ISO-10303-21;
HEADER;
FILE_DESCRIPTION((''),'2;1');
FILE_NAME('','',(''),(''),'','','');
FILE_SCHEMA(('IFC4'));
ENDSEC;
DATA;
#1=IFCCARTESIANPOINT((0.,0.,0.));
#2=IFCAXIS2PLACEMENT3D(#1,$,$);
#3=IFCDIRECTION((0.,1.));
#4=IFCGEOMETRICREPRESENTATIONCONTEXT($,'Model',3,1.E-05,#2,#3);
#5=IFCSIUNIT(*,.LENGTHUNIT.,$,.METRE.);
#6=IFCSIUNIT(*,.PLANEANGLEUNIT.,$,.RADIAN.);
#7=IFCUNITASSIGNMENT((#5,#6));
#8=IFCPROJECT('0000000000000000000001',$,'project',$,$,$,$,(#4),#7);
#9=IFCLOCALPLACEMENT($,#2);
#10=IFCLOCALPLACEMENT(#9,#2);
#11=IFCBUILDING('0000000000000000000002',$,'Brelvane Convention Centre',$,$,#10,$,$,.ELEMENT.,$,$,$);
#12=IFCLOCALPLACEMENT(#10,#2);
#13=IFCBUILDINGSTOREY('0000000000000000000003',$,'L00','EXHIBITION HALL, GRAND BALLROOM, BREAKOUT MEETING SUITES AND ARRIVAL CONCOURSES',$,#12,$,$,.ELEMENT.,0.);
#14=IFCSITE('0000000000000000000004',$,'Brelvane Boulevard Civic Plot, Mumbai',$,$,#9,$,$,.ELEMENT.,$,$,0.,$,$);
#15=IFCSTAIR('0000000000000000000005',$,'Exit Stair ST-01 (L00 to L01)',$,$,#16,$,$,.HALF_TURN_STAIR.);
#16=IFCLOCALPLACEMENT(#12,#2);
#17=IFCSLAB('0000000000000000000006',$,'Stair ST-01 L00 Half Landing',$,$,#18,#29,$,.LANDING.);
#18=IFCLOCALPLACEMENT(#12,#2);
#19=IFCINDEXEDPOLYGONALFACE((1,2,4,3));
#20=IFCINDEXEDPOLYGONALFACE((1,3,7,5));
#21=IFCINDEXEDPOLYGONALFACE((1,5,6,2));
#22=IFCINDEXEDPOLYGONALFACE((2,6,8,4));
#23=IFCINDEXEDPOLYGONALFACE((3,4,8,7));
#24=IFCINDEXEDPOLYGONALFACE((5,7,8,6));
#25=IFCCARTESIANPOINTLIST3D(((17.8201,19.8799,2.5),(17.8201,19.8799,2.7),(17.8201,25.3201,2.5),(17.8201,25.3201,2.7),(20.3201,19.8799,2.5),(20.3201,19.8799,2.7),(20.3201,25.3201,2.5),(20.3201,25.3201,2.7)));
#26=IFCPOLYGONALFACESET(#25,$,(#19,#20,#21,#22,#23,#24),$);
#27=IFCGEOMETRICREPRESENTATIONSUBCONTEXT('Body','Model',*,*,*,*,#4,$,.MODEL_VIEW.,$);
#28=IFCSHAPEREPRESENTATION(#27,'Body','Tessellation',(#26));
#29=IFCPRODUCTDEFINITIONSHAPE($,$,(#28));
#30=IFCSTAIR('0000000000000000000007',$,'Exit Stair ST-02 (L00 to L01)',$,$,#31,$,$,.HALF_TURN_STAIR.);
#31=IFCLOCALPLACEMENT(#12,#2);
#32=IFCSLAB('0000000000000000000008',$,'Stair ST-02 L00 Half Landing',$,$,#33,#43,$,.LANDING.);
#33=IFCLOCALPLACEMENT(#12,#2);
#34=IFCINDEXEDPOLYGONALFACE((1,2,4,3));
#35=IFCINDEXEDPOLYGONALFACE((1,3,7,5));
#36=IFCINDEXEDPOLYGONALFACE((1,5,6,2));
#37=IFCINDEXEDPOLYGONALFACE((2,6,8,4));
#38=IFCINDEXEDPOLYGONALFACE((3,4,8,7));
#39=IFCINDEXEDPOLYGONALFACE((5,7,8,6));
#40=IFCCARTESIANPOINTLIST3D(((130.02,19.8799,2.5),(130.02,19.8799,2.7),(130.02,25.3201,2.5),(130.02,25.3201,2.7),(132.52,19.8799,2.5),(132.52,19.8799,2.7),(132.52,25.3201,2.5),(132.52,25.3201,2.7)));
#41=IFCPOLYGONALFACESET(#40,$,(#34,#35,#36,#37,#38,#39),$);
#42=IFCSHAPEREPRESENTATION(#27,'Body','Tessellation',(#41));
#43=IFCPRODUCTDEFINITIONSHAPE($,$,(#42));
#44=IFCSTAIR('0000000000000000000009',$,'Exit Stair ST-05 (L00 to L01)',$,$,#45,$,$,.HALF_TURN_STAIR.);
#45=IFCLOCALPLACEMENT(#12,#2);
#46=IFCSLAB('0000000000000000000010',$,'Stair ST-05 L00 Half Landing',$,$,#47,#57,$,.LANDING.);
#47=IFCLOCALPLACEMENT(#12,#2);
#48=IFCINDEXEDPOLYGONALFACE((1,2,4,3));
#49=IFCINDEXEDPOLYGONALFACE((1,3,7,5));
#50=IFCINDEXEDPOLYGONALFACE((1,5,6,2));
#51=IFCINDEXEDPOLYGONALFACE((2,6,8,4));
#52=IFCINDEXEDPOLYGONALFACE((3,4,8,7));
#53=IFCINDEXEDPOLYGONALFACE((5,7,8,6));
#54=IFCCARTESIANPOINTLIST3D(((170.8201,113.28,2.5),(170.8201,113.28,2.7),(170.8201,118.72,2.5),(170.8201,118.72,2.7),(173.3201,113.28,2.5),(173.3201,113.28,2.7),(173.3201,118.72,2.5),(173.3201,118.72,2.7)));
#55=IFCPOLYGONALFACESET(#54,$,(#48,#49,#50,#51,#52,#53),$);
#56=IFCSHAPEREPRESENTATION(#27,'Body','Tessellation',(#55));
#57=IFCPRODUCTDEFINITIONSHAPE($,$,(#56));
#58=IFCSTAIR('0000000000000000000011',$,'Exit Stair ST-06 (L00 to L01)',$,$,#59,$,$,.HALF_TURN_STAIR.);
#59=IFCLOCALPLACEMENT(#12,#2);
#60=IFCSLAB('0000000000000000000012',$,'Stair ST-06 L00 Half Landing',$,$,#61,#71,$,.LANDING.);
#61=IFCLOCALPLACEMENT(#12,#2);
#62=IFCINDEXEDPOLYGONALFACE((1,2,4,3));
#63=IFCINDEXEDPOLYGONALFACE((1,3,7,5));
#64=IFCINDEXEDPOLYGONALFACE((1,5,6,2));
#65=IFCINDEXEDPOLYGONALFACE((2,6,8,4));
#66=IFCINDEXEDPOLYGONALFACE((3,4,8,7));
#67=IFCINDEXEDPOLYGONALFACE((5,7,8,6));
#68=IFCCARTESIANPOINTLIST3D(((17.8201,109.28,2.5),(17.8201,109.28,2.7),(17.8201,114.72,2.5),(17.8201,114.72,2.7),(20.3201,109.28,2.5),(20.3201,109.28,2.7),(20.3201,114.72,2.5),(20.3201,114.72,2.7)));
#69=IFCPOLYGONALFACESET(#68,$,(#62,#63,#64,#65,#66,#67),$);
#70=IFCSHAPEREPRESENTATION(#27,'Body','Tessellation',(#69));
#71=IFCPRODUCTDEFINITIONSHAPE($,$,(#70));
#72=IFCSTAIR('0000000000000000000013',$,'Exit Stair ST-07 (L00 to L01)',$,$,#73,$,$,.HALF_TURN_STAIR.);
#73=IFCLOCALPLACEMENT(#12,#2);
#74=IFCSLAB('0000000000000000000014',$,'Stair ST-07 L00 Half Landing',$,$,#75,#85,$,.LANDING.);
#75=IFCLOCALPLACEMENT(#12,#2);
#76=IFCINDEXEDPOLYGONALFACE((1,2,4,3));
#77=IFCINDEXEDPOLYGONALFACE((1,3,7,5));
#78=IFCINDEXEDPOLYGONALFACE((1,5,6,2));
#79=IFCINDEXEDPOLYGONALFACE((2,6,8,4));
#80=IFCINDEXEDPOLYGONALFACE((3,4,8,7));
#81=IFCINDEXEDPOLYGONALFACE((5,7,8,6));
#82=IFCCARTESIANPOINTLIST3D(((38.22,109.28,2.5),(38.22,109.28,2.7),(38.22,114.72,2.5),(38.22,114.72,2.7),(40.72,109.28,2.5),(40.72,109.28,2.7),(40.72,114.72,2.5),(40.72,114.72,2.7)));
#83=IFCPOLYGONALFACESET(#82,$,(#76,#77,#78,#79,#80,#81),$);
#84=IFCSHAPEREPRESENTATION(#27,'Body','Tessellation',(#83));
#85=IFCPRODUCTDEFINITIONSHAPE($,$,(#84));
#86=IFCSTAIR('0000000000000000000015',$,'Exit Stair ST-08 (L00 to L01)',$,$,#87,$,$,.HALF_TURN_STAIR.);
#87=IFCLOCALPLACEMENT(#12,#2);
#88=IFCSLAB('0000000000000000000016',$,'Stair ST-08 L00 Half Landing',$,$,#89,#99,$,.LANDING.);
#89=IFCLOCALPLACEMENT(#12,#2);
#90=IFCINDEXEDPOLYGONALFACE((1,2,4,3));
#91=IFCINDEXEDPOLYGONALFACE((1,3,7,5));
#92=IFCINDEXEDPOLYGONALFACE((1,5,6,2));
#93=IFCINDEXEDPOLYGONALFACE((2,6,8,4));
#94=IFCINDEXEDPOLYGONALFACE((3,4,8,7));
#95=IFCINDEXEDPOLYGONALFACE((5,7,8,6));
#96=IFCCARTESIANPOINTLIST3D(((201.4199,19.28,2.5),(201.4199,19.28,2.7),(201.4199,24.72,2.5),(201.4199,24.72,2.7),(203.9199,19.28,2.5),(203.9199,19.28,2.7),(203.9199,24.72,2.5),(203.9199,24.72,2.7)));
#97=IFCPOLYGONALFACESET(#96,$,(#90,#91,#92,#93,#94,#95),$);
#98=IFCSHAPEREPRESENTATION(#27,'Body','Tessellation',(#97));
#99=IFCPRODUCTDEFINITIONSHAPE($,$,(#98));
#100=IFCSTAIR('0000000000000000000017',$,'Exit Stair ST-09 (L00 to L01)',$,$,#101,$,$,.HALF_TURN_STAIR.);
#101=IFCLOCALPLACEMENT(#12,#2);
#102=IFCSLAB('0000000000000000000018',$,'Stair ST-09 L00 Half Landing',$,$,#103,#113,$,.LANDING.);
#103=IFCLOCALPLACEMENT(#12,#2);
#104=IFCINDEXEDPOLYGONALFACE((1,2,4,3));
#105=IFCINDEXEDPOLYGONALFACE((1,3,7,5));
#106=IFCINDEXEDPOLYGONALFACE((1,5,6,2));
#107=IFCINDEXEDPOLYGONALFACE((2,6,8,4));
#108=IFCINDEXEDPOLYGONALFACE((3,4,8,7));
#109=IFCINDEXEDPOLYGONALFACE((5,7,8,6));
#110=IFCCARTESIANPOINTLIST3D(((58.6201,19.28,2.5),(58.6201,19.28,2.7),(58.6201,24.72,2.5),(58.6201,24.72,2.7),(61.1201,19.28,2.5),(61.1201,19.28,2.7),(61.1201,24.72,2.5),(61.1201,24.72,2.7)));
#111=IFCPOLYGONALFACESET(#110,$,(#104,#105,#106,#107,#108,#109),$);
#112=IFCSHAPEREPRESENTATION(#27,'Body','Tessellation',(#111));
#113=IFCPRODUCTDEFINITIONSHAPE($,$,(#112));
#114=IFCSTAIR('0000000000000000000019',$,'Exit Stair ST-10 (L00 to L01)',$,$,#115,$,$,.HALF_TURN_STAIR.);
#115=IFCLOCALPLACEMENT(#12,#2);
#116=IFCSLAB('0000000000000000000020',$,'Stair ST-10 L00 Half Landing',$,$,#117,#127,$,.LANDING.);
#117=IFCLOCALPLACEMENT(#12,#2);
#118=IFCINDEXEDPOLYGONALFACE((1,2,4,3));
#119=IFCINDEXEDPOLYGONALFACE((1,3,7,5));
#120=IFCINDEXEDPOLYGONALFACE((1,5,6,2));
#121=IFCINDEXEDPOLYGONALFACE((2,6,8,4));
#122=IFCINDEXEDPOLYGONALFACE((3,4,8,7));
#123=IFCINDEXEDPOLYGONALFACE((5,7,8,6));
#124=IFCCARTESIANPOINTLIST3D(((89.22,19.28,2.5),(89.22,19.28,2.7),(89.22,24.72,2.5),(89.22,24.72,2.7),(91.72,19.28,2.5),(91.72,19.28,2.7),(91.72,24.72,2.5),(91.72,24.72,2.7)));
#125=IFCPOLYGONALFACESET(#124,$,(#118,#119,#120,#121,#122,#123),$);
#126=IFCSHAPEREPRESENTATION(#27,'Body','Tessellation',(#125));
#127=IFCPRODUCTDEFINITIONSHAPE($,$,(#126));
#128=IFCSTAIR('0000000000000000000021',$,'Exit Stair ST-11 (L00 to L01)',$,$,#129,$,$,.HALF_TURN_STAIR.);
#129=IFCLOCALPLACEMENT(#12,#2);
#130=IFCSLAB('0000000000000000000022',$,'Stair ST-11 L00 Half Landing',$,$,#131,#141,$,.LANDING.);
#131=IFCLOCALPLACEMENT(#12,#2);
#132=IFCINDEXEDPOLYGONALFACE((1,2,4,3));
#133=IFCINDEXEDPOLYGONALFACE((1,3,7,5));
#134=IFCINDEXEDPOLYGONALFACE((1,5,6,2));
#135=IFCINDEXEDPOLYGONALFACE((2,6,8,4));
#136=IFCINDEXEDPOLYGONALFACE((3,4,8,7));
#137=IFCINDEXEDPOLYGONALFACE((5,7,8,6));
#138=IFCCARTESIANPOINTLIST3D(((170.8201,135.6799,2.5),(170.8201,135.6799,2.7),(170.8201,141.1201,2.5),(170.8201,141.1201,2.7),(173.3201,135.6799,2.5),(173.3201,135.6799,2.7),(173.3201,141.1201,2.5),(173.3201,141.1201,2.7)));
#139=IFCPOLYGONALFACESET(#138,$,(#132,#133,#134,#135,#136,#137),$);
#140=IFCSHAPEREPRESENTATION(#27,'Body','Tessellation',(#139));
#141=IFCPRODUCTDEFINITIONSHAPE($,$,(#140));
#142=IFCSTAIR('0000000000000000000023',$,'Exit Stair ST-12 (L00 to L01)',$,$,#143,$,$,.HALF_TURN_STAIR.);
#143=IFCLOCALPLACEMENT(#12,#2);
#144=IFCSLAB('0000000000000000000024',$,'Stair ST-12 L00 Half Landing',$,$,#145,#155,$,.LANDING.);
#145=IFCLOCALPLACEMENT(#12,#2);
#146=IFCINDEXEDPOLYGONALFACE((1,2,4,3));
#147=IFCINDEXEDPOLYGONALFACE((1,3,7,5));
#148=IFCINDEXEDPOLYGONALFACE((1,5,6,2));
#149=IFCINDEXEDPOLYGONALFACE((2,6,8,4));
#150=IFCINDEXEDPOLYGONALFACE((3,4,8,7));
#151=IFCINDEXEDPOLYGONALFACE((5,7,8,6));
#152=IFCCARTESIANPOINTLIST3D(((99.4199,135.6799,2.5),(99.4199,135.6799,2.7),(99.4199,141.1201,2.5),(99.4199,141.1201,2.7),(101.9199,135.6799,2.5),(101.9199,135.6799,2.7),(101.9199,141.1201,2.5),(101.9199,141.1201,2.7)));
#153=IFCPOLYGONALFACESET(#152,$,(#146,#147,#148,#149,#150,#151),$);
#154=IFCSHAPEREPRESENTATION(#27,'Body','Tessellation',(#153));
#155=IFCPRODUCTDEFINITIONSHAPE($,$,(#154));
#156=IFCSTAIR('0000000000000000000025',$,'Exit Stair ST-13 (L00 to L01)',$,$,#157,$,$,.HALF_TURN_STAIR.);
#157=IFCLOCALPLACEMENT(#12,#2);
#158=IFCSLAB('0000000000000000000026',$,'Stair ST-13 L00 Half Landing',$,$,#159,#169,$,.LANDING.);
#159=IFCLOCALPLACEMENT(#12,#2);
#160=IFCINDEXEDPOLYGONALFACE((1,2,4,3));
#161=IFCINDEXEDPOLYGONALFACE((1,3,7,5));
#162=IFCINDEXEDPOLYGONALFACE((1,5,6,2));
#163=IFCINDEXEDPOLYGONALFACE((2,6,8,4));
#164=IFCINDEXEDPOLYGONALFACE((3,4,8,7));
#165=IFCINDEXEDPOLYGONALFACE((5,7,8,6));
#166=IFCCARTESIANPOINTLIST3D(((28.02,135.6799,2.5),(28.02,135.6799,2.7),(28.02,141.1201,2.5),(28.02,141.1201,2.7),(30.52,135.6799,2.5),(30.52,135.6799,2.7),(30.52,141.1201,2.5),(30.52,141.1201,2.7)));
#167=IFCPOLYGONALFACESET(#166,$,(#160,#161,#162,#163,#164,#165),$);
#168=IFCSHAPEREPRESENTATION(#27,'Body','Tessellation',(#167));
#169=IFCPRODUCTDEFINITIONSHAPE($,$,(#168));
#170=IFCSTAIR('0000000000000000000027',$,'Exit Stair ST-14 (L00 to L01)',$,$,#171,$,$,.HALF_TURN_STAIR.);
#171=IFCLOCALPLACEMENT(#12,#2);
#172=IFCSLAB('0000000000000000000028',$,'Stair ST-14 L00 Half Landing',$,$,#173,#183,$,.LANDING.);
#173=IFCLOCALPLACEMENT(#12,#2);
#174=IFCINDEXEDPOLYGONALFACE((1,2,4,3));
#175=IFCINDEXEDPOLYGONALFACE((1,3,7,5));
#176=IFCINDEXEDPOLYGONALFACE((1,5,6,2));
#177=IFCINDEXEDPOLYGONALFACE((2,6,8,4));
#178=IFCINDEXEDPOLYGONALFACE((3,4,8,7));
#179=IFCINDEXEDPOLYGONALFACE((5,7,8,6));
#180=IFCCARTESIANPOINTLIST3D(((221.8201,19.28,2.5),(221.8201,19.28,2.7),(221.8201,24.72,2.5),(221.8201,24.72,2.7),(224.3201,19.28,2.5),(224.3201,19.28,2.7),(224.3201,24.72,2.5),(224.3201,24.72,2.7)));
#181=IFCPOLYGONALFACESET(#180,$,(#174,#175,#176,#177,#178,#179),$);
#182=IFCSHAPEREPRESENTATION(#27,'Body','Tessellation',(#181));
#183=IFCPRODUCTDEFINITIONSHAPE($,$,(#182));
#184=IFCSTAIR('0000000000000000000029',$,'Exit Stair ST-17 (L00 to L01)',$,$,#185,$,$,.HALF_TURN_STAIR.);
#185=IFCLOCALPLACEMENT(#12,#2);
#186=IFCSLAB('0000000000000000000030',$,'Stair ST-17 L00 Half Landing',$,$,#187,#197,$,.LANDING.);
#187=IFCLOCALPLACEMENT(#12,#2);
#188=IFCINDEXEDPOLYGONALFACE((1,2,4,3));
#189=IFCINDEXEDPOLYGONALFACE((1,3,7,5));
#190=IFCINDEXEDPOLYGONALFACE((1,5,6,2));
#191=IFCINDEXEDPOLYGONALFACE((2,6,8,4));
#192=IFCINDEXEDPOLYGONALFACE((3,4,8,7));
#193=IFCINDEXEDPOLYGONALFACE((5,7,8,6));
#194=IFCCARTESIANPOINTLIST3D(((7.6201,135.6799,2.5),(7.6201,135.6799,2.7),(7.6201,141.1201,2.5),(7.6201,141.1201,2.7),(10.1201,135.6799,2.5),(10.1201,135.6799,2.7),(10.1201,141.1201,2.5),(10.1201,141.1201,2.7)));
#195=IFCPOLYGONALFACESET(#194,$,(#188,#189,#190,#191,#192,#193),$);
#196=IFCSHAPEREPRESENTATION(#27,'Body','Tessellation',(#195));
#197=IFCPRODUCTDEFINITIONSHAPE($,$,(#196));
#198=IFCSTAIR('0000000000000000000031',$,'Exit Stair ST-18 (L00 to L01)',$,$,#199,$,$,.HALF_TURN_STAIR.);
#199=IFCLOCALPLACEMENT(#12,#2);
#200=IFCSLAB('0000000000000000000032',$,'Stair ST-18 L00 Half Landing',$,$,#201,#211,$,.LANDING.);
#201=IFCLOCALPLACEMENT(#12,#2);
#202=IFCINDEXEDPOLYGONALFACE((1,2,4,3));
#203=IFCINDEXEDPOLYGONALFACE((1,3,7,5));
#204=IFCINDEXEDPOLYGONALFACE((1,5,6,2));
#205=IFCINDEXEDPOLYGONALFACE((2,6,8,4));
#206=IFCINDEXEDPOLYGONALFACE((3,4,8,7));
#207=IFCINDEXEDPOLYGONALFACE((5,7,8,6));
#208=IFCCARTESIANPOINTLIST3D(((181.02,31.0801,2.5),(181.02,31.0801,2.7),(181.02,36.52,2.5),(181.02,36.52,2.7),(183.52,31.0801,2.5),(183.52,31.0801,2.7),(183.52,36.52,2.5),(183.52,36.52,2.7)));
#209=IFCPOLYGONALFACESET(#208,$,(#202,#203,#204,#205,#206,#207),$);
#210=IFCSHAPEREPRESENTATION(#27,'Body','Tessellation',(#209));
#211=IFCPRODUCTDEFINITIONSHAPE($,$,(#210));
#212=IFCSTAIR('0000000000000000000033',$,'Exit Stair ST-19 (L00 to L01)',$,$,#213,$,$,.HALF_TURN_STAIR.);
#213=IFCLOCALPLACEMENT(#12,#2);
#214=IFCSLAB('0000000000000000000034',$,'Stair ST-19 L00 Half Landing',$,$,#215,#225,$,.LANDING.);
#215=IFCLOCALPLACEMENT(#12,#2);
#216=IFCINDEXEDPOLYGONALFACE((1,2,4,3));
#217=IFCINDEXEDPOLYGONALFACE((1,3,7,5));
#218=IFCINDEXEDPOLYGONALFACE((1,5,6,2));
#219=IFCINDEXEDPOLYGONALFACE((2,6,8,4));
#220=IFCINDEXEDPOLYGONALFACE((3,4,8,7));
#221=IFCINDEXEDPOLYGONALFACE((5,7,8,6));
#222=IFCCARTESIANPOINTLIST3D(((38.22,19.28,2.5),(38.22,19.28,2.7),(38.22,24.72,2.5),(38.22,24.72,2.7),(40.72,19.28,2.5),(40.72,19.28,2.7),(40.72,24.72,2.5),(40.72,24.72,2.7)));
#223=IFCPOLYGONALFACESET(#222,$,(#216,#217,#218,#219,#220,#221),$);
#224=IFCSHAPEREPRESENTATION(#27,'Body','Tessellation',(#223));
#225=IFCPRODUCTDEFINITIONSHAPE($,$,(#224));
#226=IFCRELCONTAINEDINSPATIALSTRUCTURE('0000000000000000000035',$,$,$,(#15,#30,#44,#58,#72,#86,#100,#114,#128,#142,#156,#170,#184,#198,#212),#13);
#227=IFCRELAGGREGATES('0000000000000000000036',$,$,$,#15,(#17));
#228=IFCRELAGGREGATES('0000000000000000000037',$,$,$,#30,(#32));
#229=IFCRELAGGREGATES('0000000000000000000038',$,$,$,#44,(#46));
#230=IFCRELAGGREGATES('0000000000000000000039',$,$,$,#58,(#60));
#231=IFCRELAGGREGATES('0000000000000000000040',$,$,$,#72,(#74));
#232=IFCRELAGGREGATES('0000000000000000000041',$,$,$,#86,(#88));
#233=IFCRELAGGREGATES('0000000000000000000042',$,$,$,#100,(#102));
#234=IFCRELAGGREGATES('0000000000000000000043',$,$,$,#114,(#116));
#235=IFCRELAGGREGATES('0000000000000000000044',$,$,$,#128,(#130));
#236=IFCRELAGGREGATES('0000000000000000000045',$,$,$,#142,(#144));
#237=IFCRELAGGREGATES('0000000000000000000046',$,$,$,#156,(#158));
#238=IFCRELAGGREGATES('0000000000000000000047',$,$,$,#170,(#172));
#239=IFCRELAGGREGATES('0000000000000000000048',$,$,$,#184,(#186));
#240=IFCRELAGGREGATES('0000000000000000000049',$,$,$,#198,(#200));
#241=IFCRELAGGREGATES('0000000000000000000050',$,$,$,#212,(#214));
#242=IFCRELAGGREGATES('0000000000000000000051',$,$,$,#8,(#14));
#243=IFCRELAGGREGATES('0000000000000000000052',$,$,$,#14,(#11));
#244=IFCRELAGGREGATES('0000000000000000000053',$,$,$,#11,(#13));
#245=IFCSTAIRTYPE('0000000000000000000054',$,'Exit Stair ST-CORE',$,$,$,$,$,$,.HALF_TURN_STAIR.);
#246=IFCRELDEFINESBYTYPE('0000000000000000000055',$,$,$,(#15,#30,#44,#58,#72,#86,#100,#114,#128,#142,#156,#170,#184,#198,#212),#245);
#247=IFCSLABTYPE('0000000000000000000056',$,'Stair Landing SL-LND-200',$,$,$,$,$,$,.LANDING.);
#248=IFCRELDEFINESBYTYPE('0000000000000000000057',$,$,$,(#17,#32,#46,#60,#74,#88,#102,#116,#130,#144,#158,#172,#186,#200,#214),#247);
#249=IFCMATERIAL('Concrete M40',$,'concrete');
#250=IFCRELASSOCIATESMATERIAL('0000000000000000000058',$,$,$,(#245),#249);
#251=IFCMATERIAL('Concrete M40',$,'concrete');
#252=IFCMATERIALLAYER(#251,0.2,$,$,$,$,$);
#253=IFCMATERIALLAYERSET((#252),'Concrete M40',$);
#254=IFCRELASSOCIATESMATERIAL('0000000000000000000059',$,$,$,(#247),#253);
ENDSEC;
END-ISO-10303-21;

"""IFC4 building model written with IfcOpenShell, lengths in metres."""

from ifc_helpers import new_model, si_unit, direction, frame, origin, place, context, subcontext, project, spatial, polyline, outline, extrude, material, layer, layer_set, type_object, element, aggregate, save


model = new_model("IFC4")

# Units and contexts
model_context = context("Model", 3, precision=1e-05, world=origin(), true_north=direction((0.0, 1.0)))
body_context = subcontext(model_context, "Body", "Model", "MODEL_VIEW")
ifc_project = project(units=[si_unit("LENGTHUNIT", "METRE"), si_unit("PLANEANGLEUNIT", "RADIAN")], contexts=[model_context])

# Site, building, storey
site_placement = place(None, origin())
site = spatial("IfcSite", under=ifc_project, at=site_placement, Name="Brelvane Boulevard Civic Plot, Mumbai", CompositionType="ELEMENT", RefElevation=0.0)
building_placement = place(site_placement, origin())
building = spatial("IfcBuilding", under=site, at=building_placement, Name="Brelvane Convention Centre", CompositionType="ELEMENT")
storey_placement = place(building_placement, origin())
storey = spatial("IfcBuildingStorey", under=building, at=storey_placement, Name="L00", Description="EXHIBITION HALL, GRAND BALLROOM, BREAKOUT MEETING SUITES AND ARRIVAL CONCOURSES", CompositionType="ELEMENT", Elevation=0.0)

# Stairs, slabs
ifc_material_1 = material(Name="Concrete M40", Category="concrete")
stair_type_1 = type_object("IfcStairType", Name="Exit Stair ST-CORE", PredefinedType="HALF_TURN_STAIR", material=ifc_material_1)
stair_1_placement = place(storey_placement, origin())
stair_1 = element("IfcStair", 1, at=stair_1_placement, inside=storey, type_object=stair_type_1, Name="Exit Stair ST-01 (L00 to L01)", PredefinedType="HALF_TURN_STAIR")
ifc_material_2 = material(Name="Concrete M40", Category="concrete")
ifc_layer_1 = layer(ifc_material_2, 0.2)
ifc_layer_set_1 = layer_set([ifc_layer_1], Name="Concrete M40")
slab_type_1 = type_object("IfcSlabType", Name="Stair Landing SL-LND-200", PredefinedType="LANDING", material=ifc_layer_set_1)
slab_1_placement = place(storey_placement, frame((0.0, 0.0, 2.5)))
slab_1 = element("IfcSlab", 2, at=slab_1_placement, type_object=slab_type_1, Name="Stair ST-01 L00 Half Landing", PredefinedType="LANDING", context=body_context, shape_type="SweptSolid", body=[
    extrude(outline(polyline([(17.8201, 19.8799), (20.3201, 19.8799), (20.3201, 25.3201), (17.8201, 25.3201), (17.8201, 19.8799)])), origin(), (0.0, 0.0, 1.0), 0.2),
])
aggregate(stair_1, [slab_1])
stair_2_placement = place(storey_placement, origin())
stair_2 = element("IfcStair", 3, at=stair_2_placement, inside=storey, type_object=stair_type_1, Name="Exit Stair ST-02 (L00 to L01)", PredefinedType="HALF_TURN_STAIR")
slab_2_placement = place(storey_placement, frame((0.0, 0.0, 2.5)))
slab_2 = element("IfcSlab", 4, at=slab_2_placement, type_object=slab_type_1, Name="Stair ST-02 L00 Half Landing", PredefinedType="LANDING", context=body_context, shape_type="SweptSolid", body=[
    extrude(outline(polyline([(130.02, 19.8799), (132.52, 19.8799), (132.52, 25.3201), (130.02, 25.3201), (130.02, 19.8799)])), origin(), (0.0, 0.0, 1.0), 0.2),
])
aggregate(stair_2, [slab_2])
stair_3_placement = place(storey_placement, origin())
stair_3 = element("IfcStair", 5, at=stair_3_placement, inside=storey, type_object=stair_type_1, Name="Exit Stair ST-05 (L00 to L01)", PredefinedType="HALF_TURN_STAIR")
slab_3_placement = place(storey_placement, frame((0.0, 0.0, 2.5)))
slab_3 = element("IfcSlab", 6, at=slab_3_placement, type_object=slab_type_1, Name="Stair ST-05 L00 Half Landing", PredefinedType="LANDING", context=body_context, shape_type="SweptSolid", body=[
    extrude(outline(polyline([(170.8201, 113.28), (173.3201, 113.28), (173.3201, 118.72), (170.8201, 118.72), (170.8201, 113.28)])), origin(), (0.0, 0.0, 1.0), 0.2),
])
aggregate(stair_3, [slab_3])
stair_4_placement = place(storey_placement, origin())
stair_4 = element("IfcStair", 7, at=stair_4_placement, inside=storey, type_object=stair_type_1, Name="Exit Stair ST-06 (L00 to L01)", PredefinedType="HALF_TURN_STAIR")
slab_4_placement = place(storey_placement, frame((0.0, 0.0, 2.5)))
slab_4 = element("IfcSlab", 8, at=slab_4_placement, type_object=slab_type_1, Name="Stair ST-06 L00 Half Landing", PredefinedType="LANDING", context=body_context, shape_type="SweptSolid", body=[
    extrude(outline(polyline([(17.8201, 109.28), (20.3201, 109.28), (20.3201, 114.72), (17.8201, 114.72), (17.8201, 109.28)])), origin(), (0.0, 0.0, 1.0), 0.2),
])
aggregate(stair_4, [slab_4])
stair_5_placement = place(storey_placement, origin())
stair_5 = element("IfcStair", 9, at=stair_5_placement, inside=storey, type_object=stair_type_1, Name="Exit Stair ST-07 (L00 to L01)", PredefinedType="HALF_TURN_STAIR")
slab_5_placement = place(storey_placement, frame((0.0, 0.0, 2.5)))
slab_5 = element("IfcSlab", 10, at=slab_5_placement, type_object=slab_type_1, Name="Stair ST-07 L00 Half Landing", PredefinedType="LANDING", context=body_context, shape_type="SweptSolid", body=[
    extrude(outline(polyline([(38.22, 109.28), (40.72, 109.28), (40.72, 114.72), (38.22, 114.72), (38.22, 109.28)])), origin(), (0.0, 0.0, 1.0), 0.2),
])
aggregate(stair_5, [slab_5])
stair_6_placement = place(storey_placement, origin())
stair_6 = element("IfcStair", 11, at=stair_6_placement, inside=storey, type_object=stair_type_1, Name="Exit Stair ST-08 (L00 to L01)", PredefinedType="HALF_TURN_STAIR")
slab_6_placement = place(storey_placement, frame((0.0, 0.0, 2.5)))
slab_6 = element("IfcSlab", 12, at=slab_6_placement, type_object=slab_type_1, Name="Stair ST-08 L00 Half Landing", PredefinedType="LANDING", context=body_context, shape_type="SweptSolid", body=[
    extrude(outline(polyline([(201.4199, 19.28), (203.9199, 19.28), (203.9199, 24.72), (201.4199, 24.72), (201.4199, 19.28)])), origin(), (0.0, 0.0, 1.0), 0.2),
])
aggregate(stair_6, [slab_6])
stair_7_placement = place(storey_placement, origin())
stair_7 = element("IfcStair", 13, at=stair_7_placement, inside=storey, type_object=stair_type_1, Name="Exit Stair ST-09 (L00 to L01)", PredefinedType="HALF_TURN_STAIR")
slab_7_placement = place(storey_placement, frame((0.0, 0.0, 2.5)))
slab_7 = element("IfcSlab", 14, at=slab_7_placement, type_object=slab_type_1, Name="Stair ST-09 L00 Half Landing", PredefinedType="LANDING", context=body_context, shape_type="SweptSolid", body=[
    extrude(outline(polyline([(58.6201, 19.28), (61.1201, 19.28), (61.1201, 24.72), (58.6201, 24.72), (58.6201, 19.28)])), origin(), (0.0, 0.0, 1.0), 0.2),
])
aggregate(stair_7, [slab_7])
stair_8_placement = place(storey_placement, origin())
stair_8 = element("IfcStair", 15, at=stair_8_placement, inside=storey, type_object=stair_type_1, Name="Exit Stair ST-10 (L00 to L01)", PredefinedType="HALF_TURN_STAIR")
slab_8_placement = place(storey_placement, frame((0.0, 0.0, 2.5)))
slab_8 = element("IfcSlab", 16, at=slab_8_placement, type_object=slab_type_1, Name="Stair ST-10 L00 Half Landing", PredefinedType="LANDING", context=body_context, shape_type="SweptSolid", body=[
    extrude(outline(polyline([(89.22, 19.28), (91.72, 19.28), (91.72, 24.72), (89.22, 24.72), (89.22, 19.28)])), origin(), (0.0, 0.0, 1.0), 0.2),
])
aggregate(stair_8, [slab_8])
stair_9_placement = place(storey_placement, origin())
stair_9 = element("IfcStair", 17, at=stair_9_placement, inside=storey, type_object=stair_type_1, Name="Exit Stair ST-11 (L00 to L01)", PredefinedType="HALF_TURN_STAIR")
slab_9_placement = place(storey_placement, frame((0.0, 0.0, 2.5)))
slab_9 = element("IfcSlab", 18, at=slab_9_placement, type_object=slab_type_1, Name="Stair ST-11 L00 Half Landing", PredefinedType="LANDING", context=body_context, shape_type="SweptSolid", body=[
    extrude(outline(polyline([(170.8201, 135.6799), (173.3201, 135.6799), (173.3201, 141.1201), (170.8201, 141.1201), (170.8201, 135.6799)])), origin(), (0.0, 0.0, 1.0), 0.2),
])
aggregate(stair_9, [slab_9])
stair_10_placement = place(storey_placement, origin())
stair_10 = element("IfcStair", 19, at=stair_10_placement, inside=storey, type_object=stair_type_1, Name="Exit Stair ST-12 (L00 to L01)", PredefinedType="HALF_TURN_STAIR")
slab_10_placement = place(storey_placement, frame((0.0, 0.0, 2.5)))
slab_10 = element("IfcSlab", 20, at=slab_10_placement, type_object=slab_type_1, Name="Stair ST-12 L00 Half Landing", PredefinedType="LANDING", context=body_context, shape_type="SweptSolid", body=[
    extrude(outline(polyline([(99.4199, 135.6799), (101.9199, 135.6799), (101.9199, 141.1201), (99.4199, 141.1201), (99.4199, 135.6799)])), origin(), (0.0, 0.0, 1.0), 0.2),
])
aggregate(stair_10, [slab_10])
stair_11_placement = place(storey_placement, origin())
stair_11 = element("IfcStair", 21, at=stair_11_placement, inside=storey, type_object=stair_type_1, Name="Exit Stair ST-13 (L00 to L01)", PredefinedType="HALF_TURN_STAIR")
slab_11_placement = place(storey_placement, frame((0.0, 0.0, 2.5)))
slab_11 = element("IfcSlab", 22, at=slab_11_placement, type_object=slab_type_1, Name="Stair ST-13 L00 Half Landing", PredefinedType="LANDING", context=body_context, shape_type="SweptSolid", body=[
    extrude(outline(polyline([(28.02, 135.6799), (30.52, 135.6799), (30.52, 141.1201), (28.02, 141.1201), (28.02, 135.6799)])), origin(), (0.0, 0.0, 1.0), 0.2),
])
aggregate(stair_11, [slab_11])
stair_12_placement = place(storey_placement, origin())
stair_12 = element("IfcStair", 23, at=stair_12_placement, inside=storey, type_object=stair_type_1, Name="Exit Stair ST-14 (L00 to L01)", PredefinedType="HALF_TURN_STAIR")
slab_12_placement = place(storey_placement, frame((0.0, 0.0, 2.5)))
slab_12 = element("IfcSlab", 24, at=slab_12_placement, type_object=slab_type_1, Name="Stair ST-14 L00 Half Landing", PredefinedType="LANDING", context=body_context, shape_type="SweptSolid", body=[
    extrude(outline(polyline([(221.8201, 19.28), (224.3201, 19.28), (224.3201, 24.72), (221.8201, 24.72), (221.8201, 19.28)])), origin(), (0.0, 0.0, 1.0), 0.2),
])
aggregate(stair_12, [slab_12])
stair_13_placement = place(storey_placement, origin())
stair_13 = element("IfcStair", 25, at=stair_13_placement, inside=storey, type_object=stair_type_1, Name="Exit Stair ST-17 (L00 to L01)", PredefinedType="HALF_TURN_STAIR")
slab_13_placement = place(storey_placement, frame((0.0, 0.0, 2.5)))
slab_13 = element("IfcSlab", 26, at=slab_13_placement, type_object=slab_type_1, Name="Stair ST-17 L00 Half Landing", PredefinedType="LANDING", context=body_context, shape_type="SweptSolid", body=[
    extrude(outline(polyline([(7.6201, 135.6799), (10.1201, 135.6799), (10.1201, 141.1201), (7.6201, 141.1201), (7.6201, 135.6799)])), origin(), (0.0, 0.0, 1.0), 0.2),
])
aggregate(stair_13, [slab_13])
stair_14_placement = place(storey_placement, origin())
stair_14 = element("IfcStair", 27, at=stair_14_placement, inside=storey, type_object=stair_type_1, Name="Exit Stair ST-18 (L00 to L01)", PredefinedType="HALF_TURN_STAIR")
slab_14_placement = place(storey_placement, frame((0.0, 0.0, 2.5)))
slab_14 = element("IfcSlab", 28, at=slab_14_placement, type_object=slab_type_1, Name="Stair ST-18 L00 Half Landing", PredefinedType="LANDING", context=body_context, shape_type="SweptSolid", body=[
    extrude(outline(polyline([(181.02, 31.0801), (183.52, 31.0801), (183.52, 36.52), (181.02, 36.52), (181.02, 31.0801)])), origin(), (0.0, 0.0, 1.0), 0.2),
])
aggregate(stair_14, [slab_14])
stair_15_placement = place(storey_placement, origin())
stair_15 = element("IfcStair", 29, at=stair_15_placement, inside=storey, type_object=stair_type_1, Name="Exit Stair ST-19 (L00 to L01)", PredefinedType="HALF_TURN_STAIR")
slab_15_placement = place(storey_placement, frame((0.0, 0.0, 2.5)))
slab_15 = element("IfcSlab", 30, at=slab_15_placement, type_object=slab_type_1, Name="Stair ST-19 L00 Half Landing", PredefinedType="LANDING", context=body_context, shape_type="SweptSolid", body=[
    extrude(outline(polyline([(38.22, 19.28), (40.72, 19.28), (40.72, 24.72), (38.22, 24.72), (38.22, 19.28)])), origin(), (0.0, 0.0, 1.0), 0.2),
])
aggregate(stair_15, [slab_15])

save(model, "model.ifc")
